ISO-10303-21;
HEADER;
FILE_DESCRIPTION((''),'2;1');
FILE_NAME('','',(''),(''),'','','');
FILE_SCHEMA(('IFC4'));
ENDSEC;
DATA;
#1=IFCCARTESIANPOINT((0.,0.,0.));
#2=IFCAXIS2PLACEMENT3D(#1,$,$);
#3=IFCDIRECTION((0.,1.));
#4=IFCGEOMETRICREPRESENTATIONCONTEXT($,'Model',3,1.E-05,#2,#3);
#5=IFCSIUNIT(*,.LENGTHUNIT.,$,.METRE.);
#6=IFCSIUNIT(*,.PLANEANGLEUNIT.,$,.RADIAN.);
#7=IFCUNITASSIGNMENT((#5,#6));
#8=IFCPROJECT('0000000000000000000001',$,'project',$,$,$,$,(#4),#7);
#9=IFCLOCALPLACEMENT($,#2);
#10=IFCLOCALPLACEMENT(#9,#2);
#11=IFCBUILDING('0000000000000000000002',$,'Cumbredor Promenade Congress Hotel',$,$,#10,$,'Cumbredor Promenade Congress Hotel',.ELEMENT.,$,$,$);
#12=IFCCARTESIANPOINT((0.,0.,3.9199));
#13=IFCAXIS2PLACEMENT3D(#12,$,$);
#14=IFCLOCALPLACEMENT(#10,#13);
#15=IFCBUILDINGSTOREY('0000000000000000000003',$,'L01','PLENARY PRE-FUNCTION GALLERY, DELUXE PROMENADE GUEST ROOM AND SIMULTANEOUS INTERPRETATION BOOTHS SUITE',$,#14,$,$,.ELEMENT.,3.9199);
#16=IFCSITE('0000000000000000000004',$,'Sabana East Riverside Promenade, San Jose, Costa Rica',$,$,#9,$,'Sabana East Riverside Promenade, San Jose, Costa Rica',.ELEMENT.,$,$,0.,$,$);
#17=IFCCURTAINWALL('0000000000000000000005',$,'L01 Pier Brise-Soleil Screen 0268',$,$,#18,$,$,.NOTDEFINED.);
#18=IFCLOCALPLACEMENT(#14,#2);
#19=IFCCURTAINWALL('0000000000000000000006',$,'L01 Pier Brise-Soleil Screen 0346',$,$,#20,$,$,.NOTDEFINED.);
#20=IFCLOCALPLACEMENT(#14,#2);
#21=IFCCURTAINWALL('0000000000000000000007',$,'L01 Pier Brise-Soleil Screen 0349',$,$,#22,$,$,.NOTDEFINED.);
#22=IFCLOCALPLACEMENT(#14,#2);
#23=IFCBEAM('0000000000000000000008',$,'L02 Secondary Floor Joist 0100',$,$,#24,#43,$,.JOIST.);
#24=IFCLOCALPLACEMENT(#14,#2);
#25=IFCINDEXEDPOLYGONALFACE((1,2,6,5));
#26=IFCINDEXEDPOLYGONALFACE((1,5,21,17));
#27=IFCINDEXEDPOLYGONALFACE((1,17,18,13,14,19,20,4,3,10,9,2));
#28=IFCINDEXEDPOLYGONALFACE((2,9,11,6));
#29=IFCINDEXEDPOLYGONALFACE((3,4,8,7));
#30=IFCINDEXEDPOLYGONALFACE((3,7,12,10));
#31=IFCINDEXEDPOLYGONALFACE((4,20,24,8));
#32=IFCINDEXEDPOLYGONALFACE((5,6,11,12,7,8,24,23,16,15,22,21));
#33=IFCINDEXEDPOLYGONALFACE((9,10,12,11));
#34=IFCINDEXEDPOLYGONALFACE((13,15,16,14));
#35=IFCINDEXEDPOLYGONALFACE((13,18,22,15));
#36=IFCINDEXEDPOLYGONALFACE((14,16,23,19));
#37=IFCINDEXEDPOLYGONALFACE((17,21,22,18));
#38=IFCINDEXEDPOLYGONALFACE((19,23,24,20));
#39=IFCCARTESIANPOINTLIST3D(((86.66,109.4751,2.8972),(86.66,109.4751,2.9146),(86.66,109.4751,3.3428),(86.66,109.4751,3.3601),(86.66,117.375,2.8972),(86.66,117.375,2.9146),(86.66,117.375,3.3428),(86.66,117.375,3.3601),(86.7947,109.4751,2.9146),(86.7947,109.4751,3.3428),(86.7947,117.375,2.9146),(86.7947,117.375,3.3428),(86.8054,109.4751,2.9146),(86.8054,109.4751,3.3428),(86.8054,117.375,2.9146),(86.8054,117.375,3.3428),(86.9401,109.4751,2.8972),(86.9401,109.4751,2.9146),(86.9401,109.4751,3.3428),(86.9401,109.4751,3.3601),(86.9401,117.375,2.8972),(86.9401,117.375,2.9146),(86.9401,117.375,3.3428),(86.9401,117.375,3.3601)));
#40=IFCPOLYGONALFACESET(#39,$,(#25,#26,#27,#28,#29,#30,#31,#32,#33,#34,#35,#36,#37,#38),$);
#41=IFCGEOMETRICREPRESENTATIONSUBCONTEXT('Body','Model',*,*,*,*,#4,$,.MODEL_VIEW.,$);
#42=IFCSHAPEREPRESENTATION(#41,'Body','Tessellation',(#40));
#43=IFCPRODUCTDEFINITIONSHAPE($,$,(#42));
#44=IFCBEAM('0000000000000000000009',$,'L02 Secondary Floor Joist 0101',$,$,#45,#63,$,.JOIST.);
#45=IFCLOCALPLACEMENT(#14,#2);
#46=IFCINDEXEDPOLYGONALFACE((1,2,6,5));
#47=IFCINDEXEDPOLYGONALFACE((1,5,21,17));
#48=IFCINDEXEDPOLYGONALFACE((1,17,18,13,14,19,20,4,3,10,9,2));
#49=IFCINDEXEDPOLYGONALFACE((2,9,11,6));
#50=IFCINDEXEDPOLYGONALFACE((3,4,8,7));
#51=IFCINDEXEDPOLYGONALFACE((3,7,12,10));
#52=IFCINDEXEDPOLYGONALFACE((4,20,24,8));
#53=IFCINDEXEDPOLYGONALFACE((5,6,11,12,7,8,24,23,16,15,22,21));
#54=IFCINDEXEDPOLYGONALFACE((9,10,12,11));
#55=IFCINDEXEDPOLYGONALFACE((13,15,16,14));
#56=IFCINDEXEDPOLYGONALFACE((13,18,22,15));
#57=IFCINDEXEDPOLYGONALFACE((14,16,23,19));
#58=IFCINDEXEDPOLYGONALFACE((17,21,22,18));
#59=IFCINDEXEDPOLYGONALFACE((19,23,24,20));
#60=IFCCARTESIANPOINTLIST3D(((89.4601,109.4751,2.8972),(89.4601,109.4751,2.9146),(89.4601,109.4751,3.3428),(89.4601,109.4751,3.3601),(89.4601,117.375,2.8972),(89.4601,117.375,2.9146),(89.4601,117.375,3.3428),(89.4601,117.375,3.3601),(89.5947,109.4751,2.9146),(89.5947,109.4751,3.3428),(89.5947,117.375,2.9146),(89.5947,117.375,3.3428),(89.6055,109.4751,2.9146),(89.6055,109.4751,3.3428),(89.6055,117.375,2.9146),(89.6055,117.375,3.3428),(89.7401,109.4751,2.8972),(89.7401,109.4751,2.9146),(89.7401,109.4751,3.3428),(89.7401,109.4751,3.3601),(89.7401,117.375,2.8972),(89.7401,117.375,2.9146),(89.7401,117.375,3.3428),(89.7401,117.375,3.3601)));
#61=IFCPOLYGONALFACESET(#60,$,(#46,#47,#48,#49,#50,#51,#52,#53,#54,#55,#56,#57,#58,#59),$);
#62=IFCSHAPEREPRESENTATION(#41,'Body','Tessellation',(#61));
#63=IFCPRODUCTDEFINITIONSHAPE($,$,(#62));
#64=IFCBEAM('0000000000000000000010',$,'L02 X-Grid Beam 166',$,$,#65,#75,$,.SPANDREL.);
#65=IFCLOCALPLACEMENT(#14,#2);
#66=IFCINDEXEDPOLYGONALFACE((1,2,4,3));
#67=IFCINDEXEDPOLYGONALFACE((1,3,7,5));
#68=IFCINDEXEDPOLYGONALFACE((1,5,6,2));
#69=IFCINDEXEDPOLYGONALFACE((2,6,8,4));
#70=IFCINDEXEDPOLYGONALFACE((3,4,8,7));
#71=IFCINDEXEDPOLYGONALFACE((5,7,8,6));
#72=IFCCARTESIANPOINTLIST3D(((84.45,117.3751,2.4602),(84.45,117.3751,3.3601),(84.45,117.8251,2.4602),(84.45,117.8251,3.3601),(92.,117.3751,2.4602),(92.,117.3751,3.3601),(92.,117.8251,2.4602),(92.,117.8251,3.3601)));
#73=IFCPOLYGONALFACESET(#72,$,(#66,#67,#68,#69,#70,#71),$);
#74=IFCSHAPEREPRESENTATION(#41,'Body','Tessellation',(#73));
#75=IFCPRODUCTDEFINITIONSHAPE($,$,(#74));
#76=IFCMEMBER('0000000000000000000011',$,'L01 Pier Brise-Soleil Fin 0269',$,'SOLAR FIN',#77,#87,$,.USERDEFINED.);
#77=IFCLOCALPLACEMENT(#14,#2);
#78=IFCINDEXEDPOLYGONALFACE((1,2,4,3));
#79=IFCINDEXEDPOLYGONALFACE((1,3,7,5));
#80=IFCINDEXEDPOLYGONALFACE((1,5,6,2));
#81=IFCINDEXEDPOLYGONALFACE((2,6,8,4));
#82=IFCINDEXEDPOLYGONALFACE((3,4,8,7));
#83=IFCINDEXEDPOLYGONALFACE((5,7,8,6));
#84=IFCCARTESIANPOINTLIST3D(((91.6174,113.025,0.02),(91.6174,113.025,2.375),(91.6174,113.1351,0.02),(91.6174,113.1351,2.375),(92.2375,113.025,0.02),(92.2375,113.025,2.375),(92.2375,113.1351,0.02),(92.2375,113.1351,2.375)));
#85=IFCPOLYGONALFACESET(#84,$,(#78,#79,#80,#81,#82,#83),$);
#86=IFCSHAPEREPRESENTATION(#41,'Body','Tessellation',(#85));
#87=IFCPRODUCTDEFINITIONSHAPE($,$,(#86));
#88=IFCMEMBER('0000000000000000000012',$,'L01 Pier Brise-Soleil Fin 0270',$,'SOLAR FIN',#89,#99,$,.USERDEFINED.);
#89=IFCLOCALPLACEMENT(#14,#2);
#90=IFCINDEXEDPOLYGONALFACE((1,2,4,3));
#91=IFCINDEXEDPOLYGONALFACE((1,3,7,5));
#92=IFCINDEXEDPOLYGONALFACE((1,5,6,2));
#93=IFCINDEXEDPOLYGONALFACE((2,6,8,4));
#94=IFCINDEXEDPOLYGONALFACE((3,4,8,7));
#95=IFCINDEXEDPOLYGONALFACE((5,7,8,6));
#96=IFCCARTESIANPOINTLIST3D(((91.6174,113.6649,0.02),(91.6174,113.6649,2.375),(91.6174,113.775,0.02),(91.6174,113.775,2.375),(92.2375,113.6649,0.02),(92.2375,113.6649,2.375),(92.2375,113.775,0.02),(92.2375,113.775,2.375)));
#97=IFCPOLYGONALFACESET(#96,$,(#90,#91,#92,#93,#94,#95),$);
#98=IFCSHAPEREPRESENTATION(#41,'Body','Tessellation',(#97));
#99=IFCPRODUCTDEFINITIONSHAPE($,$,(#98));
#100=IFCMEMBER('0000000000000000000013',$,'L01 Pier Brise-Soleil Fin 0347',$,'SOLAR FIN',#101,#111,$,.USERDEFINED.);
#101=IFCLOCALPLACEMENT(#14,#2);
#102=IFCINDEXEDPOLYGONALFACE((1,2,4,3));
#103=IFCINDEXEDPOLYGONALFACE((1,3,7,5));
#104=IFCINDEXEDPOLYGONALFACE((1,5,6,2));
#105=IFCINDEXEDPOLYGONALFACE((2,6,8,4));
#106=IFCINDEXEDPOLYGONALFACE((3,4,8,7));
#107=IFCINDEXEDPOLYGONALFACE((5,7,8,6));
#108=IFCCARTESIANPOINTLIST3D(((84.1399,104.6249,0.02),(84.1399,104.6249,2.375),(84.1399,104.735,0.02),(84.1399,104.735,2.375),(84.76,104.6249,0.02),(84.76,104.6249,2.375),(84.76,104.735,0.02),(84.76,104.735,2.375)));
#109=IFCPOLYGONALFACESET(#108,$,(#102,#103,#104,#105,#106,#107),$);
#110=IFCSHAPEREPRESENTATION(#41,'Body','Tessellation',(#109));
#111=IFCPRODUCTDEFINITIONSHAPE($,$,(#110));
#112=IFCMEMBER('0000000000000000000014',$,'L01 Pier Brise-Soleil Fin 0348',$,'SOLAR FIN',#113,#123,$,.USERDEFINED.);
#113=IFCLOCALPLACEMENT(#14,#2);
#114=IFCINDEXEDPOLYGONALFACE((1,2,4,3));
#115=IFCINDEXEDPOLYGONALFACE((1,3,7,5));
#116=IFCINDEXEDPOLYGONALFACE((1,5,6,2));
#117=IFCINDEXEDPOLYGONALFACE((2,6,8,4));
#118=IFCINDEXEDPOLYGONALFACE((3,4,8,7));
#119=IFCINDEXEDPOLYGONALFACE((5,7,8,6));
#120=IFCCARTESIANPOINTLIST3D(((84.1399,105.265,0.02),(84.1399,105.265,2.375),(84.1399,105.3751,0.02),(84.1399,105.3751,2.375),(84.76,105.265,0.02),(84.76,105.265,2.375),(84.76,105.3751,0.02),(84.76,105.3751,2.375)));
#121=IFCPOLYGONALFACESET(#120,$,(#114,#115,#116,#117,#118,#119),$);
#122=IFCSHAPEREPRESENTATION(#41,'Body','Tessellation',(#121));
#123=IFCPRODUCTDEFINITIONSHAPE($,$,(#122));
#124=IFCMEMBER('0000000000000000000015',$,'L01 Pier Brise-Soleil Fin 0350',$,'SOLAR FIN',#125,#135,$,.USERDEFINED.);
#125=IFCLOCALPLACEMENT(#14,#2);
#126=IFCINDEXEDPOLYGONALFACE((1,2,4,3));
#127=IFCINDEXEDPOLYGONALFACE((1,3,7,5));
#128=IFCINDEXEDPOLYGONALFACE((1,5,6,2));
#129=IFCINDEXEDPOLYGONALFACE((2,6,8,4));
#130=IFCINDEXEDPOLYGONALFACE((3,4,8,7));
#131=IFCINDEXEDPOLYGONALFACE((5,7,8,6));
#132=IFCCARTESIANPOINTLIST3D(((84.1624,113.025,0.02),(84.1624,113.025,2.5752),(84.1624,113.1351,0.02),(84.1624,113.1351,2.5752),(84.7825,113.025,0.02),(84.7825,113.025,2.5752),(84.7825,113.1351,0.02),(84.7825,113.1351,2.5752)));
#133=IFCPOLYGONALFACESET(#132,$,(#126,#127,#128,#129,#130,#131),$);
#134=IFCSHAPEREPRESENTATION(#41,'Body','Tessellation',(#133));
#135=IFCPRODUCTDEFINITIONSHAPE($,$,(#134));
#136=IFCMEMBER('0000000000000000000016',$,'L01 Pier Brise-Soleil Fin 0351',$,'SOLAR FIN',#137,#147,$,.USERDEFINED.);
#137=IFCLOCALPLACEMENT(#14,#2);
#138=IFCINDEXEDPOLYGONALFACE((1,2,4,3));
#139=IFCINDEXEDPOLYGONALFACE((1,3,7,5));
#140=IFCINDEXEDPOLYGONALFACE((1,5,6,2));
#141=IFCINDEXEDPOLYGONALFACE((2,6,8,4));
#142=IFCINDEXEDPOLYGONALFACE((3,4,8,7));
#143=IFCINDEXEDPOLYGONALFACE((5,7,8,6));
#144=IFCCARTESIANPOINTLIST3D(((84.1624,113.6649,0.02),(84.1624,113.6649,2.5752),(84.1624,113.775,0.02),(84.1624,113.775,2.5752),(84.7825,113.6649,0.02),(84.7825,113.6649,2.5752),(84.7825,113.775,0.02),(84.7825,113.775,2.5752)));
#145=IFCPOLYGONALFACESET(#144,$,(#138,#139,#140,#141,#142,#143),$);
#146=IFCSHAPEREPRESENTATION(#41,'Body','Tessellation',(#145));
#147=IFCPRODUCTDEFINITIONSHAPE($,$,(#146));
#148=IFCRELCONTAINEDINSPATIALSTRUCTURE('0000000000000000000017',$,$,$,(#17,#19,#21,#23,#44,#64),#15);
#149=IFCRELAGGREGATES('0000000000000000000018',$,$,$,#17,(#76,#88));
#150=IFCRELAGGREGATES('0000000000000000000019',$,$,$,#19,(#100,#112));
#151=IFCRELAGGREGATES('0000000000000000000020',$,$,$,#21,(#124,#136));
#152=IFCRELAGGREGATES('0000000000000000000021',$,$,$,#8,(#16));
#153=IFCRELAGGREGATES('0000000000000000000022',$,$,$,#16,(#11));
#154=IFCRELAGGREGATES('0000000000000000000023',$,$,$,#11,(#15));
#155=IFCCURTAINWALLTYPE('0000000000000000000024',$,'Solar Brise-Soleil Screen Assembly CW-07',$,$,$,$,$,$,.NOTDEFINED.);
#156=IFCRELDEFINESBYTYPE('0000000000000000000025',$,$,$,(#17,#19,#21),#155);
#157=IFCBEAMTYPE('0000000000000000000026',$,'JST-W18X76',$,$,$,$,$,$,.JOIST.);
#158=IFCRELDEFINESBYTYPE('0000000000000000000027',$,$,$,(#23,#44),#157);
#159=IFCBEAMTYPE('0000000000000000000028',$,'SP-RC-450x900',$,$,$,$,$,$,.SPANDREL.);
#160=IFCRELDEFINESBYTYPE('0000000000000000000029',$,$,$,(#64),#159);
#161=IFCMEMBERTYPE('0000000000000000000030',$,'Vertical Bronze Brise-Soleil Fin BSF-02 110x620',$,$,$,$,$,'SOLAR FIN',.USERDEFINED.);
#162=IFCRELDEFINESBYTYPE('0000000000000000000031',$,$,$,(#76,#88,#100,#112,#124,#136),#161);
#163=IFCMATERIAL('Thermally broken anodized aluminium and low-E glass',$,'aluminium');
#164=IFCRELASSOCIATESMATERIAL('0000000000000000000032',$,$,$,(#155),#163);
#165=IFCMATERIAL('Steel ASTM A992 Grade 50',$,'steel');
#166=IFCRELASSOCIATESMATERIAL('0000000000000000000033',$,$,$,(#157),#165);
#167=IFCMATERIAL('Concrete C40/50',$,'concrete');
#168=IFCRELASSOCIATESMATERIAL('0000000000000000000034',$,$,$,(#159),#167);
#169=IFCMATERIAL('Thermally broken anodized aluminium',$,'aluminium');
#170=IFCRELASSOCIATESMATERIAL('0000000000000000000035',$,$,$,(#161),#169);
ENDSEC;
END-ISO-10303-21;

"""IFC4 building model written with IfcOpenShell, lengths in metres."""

from ifc_helpers import new_model, si_unit, direction, frame, origin, origin_2d, place, context, subcontext, project, spatial, rectangle, i_section, extrude, material, material_profile, profile_set, type_object, element, aggregate, save


model = new_model("IFC4")

# Units and contexts
model_context = context("Model", 3, precision=1e-05, world=origin(), true_north=direction((0.0, 1.0)))
body_context = subcontext(model_context, "Body", "Model", "MODEL_VIEW")
ifc_project = project(units=[si_unit("LENGTHUNIT", "METRE"), si_unit("PLANEANGLEUNIT", "RADIAN")], contexts=[model_context])

# Site, building, storey
site_placement = place(None, origin())
site = spatial("IfcSite", under=ifc_project, at=site_placement, Name="Sabana East Riverside Promenade, San Jose, Costa Rica", LongName="Sabana East Riverside Promenade, San Jose, Costa Rica", CompositionType="ELEMENT", RefElevation=0.0)
building_placement = place(site_placement, origin())
building = spatial("IfcBuilding", under=site, at=building_placement, Name="Cumbredor Promenade Congress Hotel", LongName="Cumbredor Promenade Congress Hotel", CompositionType="ELEMENT")
storey_placement = place(building_placement, frame((0.0, 0.0, 3.9199)))
storey = spatial("IfcBuildingStorey", under=building, at=storey_placement, Name="L01", Description="PLENARY PRE-FUNCTION GALLERY, DELUXE PROMENADE GUEST ROOM AND SIMULTANEOUS INTERPRETATION BOOTHS SUITE", CompositionType="ELEMENT", Elevation=3.9199)

# Shared definitions
ifc_material_1 = material(Name="Concrete C40/50", Category="concrete")

# Shared definitions
ifc_material_2 = material(Name="Thermally broken anodized aluminium and low-E glass", Category="aluminium")
ifc_material_3 = material(Name="Thermally broken anodized aluminium", Category="aluminium")

# Curtain walls
curtain_wall_type_1 = type_object("IfcCurtainWallType", Name="Solar Brise-Soleil Screen Assembly CW-07", PredefinedType="NOTDEFINED", material=ifc_material_2)
curtain_wall_1_placement = place(storey_placement, origin())
curtain_wall_1 = element("IfcCurtainWall", 1, at=curtain_wall_1_placement, inside=storey, type_object=curtain_wall_type_1, Name="L01 Pier Brise-Soleil Screen 0268", PredefinedType="NOTDEFINED")
curtain_wall_2_placement = place(storey_placement, origin())
curtain_wall_2 = element("IfcCurtainWall", 2, at=curtain_wall_2_placement, inside=storey, type_object=curtain_wall_type_1, Name="L01 Pier Brise-Soleil Screen 0346", PredefinedType="NOTDEFINED")
curtain_wall_3_placement = place(storey_placement, origin())
curtain_wall_3 = element("IfcCurtainWall", 3, at=curtain_wall_3_placement, inside=storey, type_object=curtain_wall_type_1, Name="L01 Pier Brise-Soleil Screen 0349", PredefinedType="NOTDEFINED")

# Beams
ifc_material_4 = material(Name="Steel ASTM A992 Grade 50", Category="steel")
ifc_material_profile_1 = material_profile(ifc_material_4, i_section(OverallWidth=0.28, OverallDepth=0.4629, WebThickness=0.0107, FlangeThickness=0.0173, at=origin_2d()), Name="W18X76")
ifc_profile_set_1 = profile_set([ifc_material_profile_1], Name="Steel ASTM A992 Grade 50")
beam_type_1 = type_object("IfcBeamType", Name="JST-W18X76", PredefinedType="JOIST", material=ifc_profile_set_1)
for number, where, z_axis, x_axis, name in (
    (4, (86.8, 109.4751, 3.1287), (0.0, 1.0, 0.0), (-1.0, 0.0, 0.0), "L02 Secondary Floor Joist 0100"),
    (5, (89.6001, 109.4751, 3.1287), (0.0, 1.0, 0.0), (-1.0, 0.0, 0.0), "L02 Secondary Floor Joist 0101"),
):
    element("IfcBeam", number, at=place(storey_placement, frame(where, z_axis=z_axis, x_axis=x_axis)), inside=storey, type_object=beam_type_1, Name=name, PredefinedType="JOIST", context=body_context, shape_type="SweptSolid", body=[
        extrude(i_section(OverallWidth=0.28, OverallDepth=0.4629, WebThickness=0.0107, FlangeThickness=0.0173, at=origin_2d()), origin(), (0.0, 0.0, 1.0), 7.8999),
    ])
ifc_material_profile_2 = material_profile(ifc_material_1, rectangle(XDim=0.45, YDim=0.8999, at=origin_2d()), Name="RC SPANDREL 450x900")
ifc_profile_set_2 = profile_set([ifc_material_profile_2], Name="Concrete C40/50")
beam_type_2 = type_object("IfcBeamType", Name="SP-RC-450x900", PredefinedType="SPANDREL", material=ifc_profile_set_2)
beam_1_placement = place(storey_placement, frame((84.45, 117.6001, 2.9102), z_axis=(1.0, 0.0, 0.0), x_axis=(0.0, 1.0, 0.0)))
element("IfcBeam", 6, at=beam_1_placement, inside=storey, type_object=beam_type_2, Name="L02 X-Grid Beam 166", PredefinedType="SPANDREL", context=body_context, shape_type="SweptSolid", body=[
    extrude(rectangle(XDim=0.45, YDim=0.8999, at=origin_2d()), origin(), (0.0, 0.0, 1.0), 7.55),
])

# Members
ifc_material_profile_3 = material_profile(ifc_material_3, rectangle(XDim=0.1101, YDim=0.6201, at=origin_2d()), Name="ARCH FIN 110x620")
ifc_profile_set_3 = profile_set([ifc_material_profile_3], Name="Thermally broken anodized aluminium")
member_type_1 = type_object("IfcMemberType", Name="Vertical Bronze Brise-Soleil Fin BSF-02 110x620", ElementType="SOLAR FIN", PredefinedType="USERDEFINED", material=ifc_profile_set_3)
member_1_placement = place(storey_placement, frame((91.9275, 113.0801, 0.02), z_axis=(0.0, 0.0, 1.0), x_axis=(0.0, 1.0, 0.0)))
member_1 = element("IfcMember", 7, at=member_1_placement, type_object=member_type_1, Name="L01 Pier Brise-Soleil Fin 0269", ObjectType="SOLAR FIN", PredefinedType="USERDEFINED", context=body_context, shape_type="SweptSolid", body=[
    extrude(rectangle(XDim=0.1101, YDim=0.6201, at=origin_2d()), origin(), (0.0, 0.0, 1.0), 2.355),
])
member_2_placement = place(storey_placement, frame((91.9275, 113.72, 0.02), z_axis=(0.0, 0.0, 1.0), x_axis=(0.0, 1.0, 0.0)))
member_2 = element("IfcMember", 8, at=member_2_placement, type_object=member_type_1, Name="L01 Pier Brise-Soleil Fin 0270", ObjectType="SOLAR FIN", PredefinedType="USERDEFINED", context=body_context, shape_type="SweptSolid", body=[
    extrude(rectangle(XDim=0.1101, YDim=0.6201, at=origin_2d()), origin(), (0.0, 0.0, 1.0), 2.355),
])
aggregate(curtain_wall_1, [member_1, member_2])
member_3_placement = place(storey_placement, frame((84.45, 104.6799, 0.02), z_axis=(0.0, 0.0, 1.0), x_axis=(0.0, 1.0, 0.0)))
member_3 = element("IfcMember", 9, at=member_3_placement, type_object=member_type_1, Name="L01 Pier Brise-Soleil Fin 0347", ObjectType="SOLAR FIN", PredefinedType="USERDEFINED", context=body_context, shape_type="SweptSolid", body=[
    extrude(rectangle(XDim=0.1101, YDim=0.6201, at=origin_2d()), origin(), (0.0, 0.0, 1.0), 2.355),
])
member_4_placement = place(storey_placement, frame((84.45, 105.3201, 0.02), z_axis=(0.0, 0.0, 1.0), x_axis=(0.0, 1.0, 0.0)))
member_4 = element("IfcMember", 10, at=member_4_placement, type_object=member_type_1, Name="L01 Pier Brise-Soleil Fin 0348", ObjectType="SOLAR FIN", PredefinedType="USERDEFINED", context=body_context, shape_type="SweptSolid", body=[
    extrude(rectangle(XDim=0.1101, YDim=0.6201, at=origin_2d()), origin(), (0.0, 0.0, 1.0), 2.355),
])
aggregate(curtain_wall_2, [member_3, member_4])
member_5_placement = place(storey_placement, frame((84.4724, 113.0801, 0.02), z_axis=(0.0, 0.0, 1.0), x_axis=(0.0, 1.0, 0.0)))
member_5 = element("IfcMember", 11, at=member_5_placement, type_object=member_type_1, Name="L01 Pier Brise-Soleil Fin 0350", ObjectType="SOLAR FIN", PredefinedType="USERDEFINED", context=body_context, shape_type="SweptSolid", body=[
    extrude(rectangle(XDim=0.1101, YDim=0.6201, at=origin_2d()), origin(), (0.0, 0.0, 1.0), 2.5552),
])
member_6_placement = place(storey_placement, frame((84.4724, 113.72, 0.02), z_axis=(0.0, 0.0, 1.0), x_axis=(0.0, 1.0, 0.0)))
member_6 = element("IfcMember", 12, at=member_6_placement, type_object=member_type_1, Name="L01 Pier Brise-Soleil Fin 0351", ObjectType="SOLAR FIN", PredefinedType="USERDEFINED", context=body_context, shape_type="SweptSolid", body=[
    extrude(rectangle(XDim=0.1101, YDim=0.6201, at=origin_2d()), origin(), (0.0, 0.0, 1.0), 2.5552),
])
aggregate(curtain_wall_3, [member_5, member_6])

save(model, "model.ifc")
